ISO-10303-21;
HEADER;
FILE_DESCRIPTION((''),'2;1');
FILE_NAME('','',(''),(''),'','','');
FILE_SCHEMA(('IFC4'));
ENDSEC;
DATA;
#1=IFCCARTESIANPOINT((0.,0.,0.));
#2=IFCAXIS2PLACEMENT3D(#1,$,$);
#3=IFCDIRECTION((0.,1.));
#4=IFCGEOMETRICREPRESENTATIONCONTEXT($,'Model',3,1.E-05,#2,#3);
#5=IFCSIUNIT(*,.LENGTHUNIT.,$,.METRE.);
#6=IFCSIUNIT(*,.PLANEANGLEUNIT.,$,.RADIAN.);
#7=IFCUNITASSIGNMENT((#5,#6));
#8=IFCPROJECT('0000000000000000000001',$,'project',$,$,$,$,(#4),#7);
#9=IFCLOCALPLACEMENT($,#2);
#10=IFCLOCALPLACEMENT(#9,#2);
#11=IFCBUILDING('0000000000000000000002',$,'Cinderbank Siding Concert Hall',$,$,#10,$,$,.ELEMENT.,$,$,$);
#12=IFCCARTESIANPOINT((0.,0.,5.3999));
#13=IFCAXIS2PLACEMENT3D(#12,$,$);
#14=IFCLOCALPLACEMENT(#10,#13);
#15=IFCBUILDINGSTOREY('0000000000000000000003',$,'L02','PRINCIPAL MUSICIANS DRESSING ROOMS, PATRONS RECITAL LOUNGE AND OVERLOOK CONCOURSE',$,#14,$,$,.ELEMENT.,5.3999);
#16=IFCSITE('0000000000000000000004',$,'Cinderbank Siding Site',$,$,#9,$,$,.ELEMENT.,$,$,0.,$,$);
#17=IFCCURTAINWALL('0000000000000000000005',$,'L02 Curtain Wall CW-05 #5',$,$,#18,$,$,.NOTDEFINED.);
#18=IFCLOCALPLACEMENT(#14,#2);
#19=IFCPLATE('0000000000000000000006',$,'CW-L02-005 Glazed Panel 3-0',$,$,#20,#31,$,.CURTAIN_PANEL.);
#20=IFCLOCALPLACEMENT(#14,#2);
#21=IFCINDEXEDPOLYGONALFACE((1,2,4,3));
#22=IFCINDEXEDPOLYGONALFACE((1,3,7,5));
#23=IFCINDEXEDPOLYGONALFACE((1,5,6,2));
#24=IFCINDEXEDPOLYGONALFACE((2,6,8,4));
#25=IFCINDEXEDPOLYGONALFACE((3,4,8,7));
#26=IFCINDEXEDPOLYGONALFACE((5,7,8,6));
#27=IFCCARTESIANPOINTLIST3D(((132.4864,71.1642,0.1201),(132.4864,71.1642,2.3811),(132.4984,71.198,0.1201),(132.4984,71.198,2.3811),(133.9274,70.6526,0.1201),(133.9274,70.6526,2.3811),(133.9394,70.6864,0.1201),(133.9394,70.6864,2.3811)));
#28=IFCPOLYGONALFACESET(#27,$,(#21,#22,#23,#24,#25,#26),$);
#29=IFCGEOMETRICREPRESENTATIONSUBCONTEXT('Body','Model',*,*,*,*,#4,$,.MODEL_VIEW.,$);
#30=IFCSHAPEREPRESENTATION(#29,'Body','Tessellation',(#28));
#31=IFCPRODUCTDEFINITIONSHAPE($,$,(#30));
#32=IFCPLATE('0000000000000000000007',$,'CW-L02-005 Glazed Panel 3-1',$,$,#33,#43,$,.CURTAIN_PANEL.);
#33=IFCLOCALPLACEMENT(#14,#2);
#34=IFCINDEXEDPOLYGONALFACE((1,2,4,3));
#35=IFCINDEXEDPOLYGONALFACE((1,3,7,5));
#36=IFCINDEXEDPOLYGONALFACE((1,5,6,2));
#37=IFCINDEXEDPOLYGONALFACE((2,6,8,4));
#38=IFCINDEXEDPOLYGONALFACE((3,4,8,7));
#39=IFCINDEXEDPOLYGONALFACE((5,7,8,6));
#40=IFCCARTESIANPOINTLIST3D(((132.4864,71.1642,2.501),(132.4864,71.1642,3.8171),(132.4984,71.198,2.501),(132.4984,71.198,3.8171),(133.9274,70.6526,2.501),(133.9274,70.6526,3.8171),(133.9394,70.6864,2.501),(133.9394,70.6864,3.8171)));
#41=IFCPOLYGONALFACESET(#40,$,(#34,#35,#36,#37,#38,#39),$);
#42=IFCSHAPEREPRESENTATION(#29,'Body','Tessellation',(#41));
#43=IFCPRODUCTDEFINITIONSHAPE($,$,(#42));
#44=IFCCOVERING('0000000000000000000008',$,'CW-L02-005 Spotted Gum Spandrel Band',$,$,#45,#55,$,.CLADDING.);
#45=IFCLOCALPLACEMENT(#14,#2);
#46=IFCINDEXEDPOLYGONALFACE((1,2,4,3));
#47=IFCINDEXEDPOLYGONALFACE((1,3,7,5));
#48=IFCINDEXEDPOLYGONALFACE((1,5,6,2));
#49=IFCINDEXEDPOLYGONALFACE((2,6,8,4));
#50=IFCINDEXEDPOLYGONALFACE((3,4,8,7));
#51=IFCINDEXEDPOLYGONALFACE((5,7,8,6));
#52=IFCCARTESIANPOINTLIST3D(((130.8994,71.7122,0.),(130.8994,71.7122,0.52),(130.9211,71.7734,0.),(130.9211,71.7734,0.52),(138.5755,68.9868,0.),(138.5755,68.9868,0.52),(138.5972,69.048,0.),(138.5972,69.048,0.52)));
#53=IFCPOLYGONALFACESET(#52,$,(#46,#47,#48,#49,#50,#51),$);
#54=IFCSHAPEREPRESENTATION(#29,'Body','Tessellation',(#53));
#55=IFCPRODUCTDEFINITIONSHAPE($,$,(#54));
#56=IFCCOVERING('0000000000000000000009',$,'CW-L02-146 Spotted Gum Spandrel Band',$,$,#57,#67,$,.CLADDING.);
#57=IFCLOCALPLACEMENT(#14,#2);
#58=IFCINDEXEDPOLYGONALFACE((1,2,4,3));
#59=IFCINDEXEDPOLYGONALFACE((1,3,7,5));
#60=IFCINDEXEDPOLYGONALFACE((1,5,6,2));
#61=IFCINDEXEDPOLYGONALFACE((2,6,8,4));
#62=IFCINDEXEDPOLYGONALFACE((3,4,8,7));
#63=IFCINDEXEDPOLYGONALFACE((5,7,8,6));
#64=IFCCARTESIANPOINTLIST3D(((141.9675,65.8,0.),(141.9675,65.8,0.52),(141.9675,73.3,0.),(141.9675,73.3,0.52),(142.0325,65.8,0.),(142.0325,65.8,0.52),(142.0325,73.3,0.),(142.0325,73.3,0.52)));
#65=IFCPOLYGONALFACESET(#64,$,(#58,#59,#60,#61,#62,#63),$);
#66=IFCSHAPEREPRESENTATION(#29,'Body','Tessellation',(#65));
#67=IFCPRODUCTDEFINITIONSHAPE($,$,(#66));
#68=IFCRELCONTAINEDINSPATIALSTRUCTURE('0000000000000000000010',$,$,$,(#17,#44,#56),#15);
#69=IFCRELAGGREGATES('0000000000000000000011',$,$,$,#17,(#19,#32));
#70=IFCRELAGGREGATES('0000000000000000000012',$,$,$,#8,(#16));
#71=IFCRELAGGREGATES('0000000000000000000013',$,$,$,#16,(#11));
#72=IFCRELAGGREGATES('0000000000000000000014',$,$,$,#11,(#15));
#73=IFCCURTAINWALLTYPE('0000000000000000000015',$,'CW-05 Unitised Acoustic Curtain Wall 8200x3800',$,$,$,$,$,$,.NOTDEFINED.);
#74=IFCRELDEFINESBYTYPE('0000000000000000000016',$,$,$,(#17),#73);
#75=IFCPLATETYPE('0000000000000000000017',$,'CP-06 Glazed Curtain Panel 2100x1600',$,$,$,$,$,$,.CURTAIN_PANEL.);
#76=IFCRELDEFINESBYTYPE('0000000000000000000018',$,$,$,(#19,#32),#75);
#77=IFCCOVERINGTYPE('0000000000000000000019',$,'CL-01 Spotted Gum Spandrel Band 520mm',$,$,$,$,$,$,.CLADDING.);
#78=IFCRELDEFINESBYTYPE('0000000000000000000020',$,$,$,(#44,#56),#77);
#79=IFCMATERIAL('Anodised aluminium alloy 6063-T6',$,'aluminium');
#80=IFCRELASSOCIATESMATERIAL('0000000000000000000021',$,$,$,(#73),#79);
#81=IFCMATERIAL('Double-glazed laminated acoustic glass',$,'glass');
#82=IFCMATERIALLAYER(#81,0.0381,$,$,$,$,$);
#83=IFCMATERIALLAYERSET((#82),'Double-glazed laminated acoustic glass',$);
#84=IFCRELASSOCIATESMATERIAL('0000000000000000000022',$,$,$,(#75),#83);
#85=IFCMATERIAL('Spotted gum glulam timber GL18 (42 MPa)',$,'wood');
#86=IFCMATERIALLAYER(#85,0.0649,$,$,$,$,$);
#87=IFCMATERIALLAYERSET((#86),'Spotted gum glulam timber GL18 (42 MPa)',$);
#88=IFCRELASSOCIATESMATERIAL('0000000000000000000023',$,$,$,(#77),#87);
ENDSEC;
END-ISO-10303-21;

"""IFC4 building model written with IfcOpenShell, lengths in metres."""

from ifc_helpers import new_model, si_unit, direction, frame, origin, origin_2d, place, context, subcontext, project, spatial, rectangle, extrude, material, layer, layer_set, type_object, element, aggregate, save


model = new_model("IFC4")

# Units and contexts
model_context = context("Model", 3, precision=1e-05, world=origin(), true_north=direction((0.0, 1.0)))
body_context = subcontext(model_context, "Body", "Model", "MODEL_VIEW")
ifc_project = project(units=[si_unit("LENGTHUNIT", "METRE"), si_unit("PLANEANGLEUNIT", "RADIAN")], contexts=[model_context])

# Site, building, storey
site_placement = place(None, origin())
site = spatial("IfcSite", under=ifc_project, at=site_placement, Name="Cinderbank Siding Site", CompositionType="ELEMENT", RefElevation=0.0)
building_placement = place(site_placement, origin())
building = spatial("IfcBuilding", under=site, at=building_placement, Name="Cinderbank Siding Concert Hall", CompositionType="ELEMENT")
storey_placement = place(building_placement, frame((0.0, 0.0, 5.3999)))
storey = spatial("IfcBuildingStorey", under=building, at=storey_placement, Name="L02", Description="PRINCIPAL MUSICIANS DRESSING ROOMS, PATRONS RECITAL LOUNGE AND OVERLOOK CONCOURSE", CompositionType="ELEMENT", Elevation=5.3999)

# Shared definitions
ifc_material_1 = material(Name="Anodised aluminium alloy 6063-T6", Category="aluminium")

# Curtain wall
curtain_wall_type_1 = type_object("IfcCurtainWallType", Name="CW-05 Unitised Acoustic Curtain Wall 8200x3800", PredefinedType="NOTDEFINED", material=ifc_material_1)
curtain_wall_1_placement = place(storey_placement, origin())
curtain_wall_1 = element("IfcCurtainWall", 1, at=curtain_wall_1_placement, inside=storey, type_object=curtain_wall_type_1, Name="L02 Curtain Wall CW-05 #5", PredefinedType="NOTDEFINED")

# Plates
ifc_material_2 = material(Name="Double-glazed laminated acoustic glass", Category="glass")
ifc_layer_1 = layer(ifc_material_2, 0.0381)
ifc_layer_set_1 = layer_set([ifc_layer_1], Name="Double-glazed laminated acoustic glass")
plate_type_1 = type_object("IfcPlateType", Name="CP-06 Glazed Curtain Panel 2100x1600", PredefinedType="CURTAIN_PANEL", material=ifc_layer_set_1)
plate_1_placement = place(storey_placement, frame((133.2129, 70.9253, 0.1201), z_axis=(0.0, 0.0, 1.0), x_axis=(-0.942366, 0.334585, 0.0)))
plate_1 = element("IfcPlate", 2, at=plate_1_placement, type_object=plate_type_1, Name="CW-L02-005 Glazed Panel 3-0", PredefinedType="CURTAIN_PANEL", context=body_context, shape_type="SweptSolid", body=[
    extrude(rectangle(XDim=1.5291, YDim=0.0359, at=origin_2d()), origin(), (0.0, 0.0, 1.0), 2.261),
])
plate_2_placement = place(storey_placement, frame((133.2129, 70.9253, 2.501), z_axis=(0.0, 0.0, 1.0), x_axis=(-0.942366, 0.334585, 0.0)))
plate_2 = element("IfcPlate", 3, at=plate_2_placement, type_object=plate_type_1, Name="CW-L02-005 Glazed Panel 3-1", PredefinedType="CURTAIN_PANEL", context=body_context, shape_type="SweptSolid", body=[
    extrude(rectangle(XDim=1.5291, YDim=0.0359, at=origin_2d()), origin(), (0.0, 0.0, 1.0), 1.3162),
])
aggregate(curtain_wall_1, [plate_1, plate_2])

# Coverings
ifc_material_3 = material(Name="Spotted gum glulam timber GL18 (42 MPa)", Category="wood")
ifc_layer_2 = layer(ifc_material_3, 0.0649)
ifc_layer_set_2 = layer_set([ifc_layer_2], Name="Spotted gum glulam timber GL18 (42 MPa)")
covering_type = type_object("IfcCoveringType", Name="CL-01 Spotted Gum Spandrel Band 520mm", PredefinedType="CLADDING", material=ifc_layer_set_2)
covering_1_placement = place(storey_placement, frame((134.7483, 70.3801, 0.0), z_axis=(0.0, 0.0, 1.0), x_axis=(-0.942366, 0.334585, 0.0)))
element("IfcCovering", 4, at=covering_1_placement, inside=storey, type_object=covering_type, Name="CW-L02-005 Spotted Gum Spandrel Band", PredefinedType="CLADDING", context=body_context, shape_type="SweptSolid", body=[
    extrude(rectangle(XDim=8.1455, YDim=0.0649, at=origin_2d()), origin(), (0.0, 0.0, 1.0), 0.52),
])
covering_2_placement = place(storey_placement, frame((142.0, 69.55, 0.0), z_axis=(0.0, 0.0, 1.0), x_axis=(0.0, 1.0, 0.0)))
element("IfcCovering", 5, at=covering_2_placement, inside=storey, type_object=covering_type, Name="CW-L02-146 Spotted Gum Spandrel Band", PredefinedType="CLADDING", context=body_context, shape_type="SweptSolid", body=[
    extrude(rectangle(XDim=7.5, YDim=0.0649, at=origin_2d()), origin(), (0.0, 0.0, 1.0), 0.52),
])

save(model, "model.ifc")
